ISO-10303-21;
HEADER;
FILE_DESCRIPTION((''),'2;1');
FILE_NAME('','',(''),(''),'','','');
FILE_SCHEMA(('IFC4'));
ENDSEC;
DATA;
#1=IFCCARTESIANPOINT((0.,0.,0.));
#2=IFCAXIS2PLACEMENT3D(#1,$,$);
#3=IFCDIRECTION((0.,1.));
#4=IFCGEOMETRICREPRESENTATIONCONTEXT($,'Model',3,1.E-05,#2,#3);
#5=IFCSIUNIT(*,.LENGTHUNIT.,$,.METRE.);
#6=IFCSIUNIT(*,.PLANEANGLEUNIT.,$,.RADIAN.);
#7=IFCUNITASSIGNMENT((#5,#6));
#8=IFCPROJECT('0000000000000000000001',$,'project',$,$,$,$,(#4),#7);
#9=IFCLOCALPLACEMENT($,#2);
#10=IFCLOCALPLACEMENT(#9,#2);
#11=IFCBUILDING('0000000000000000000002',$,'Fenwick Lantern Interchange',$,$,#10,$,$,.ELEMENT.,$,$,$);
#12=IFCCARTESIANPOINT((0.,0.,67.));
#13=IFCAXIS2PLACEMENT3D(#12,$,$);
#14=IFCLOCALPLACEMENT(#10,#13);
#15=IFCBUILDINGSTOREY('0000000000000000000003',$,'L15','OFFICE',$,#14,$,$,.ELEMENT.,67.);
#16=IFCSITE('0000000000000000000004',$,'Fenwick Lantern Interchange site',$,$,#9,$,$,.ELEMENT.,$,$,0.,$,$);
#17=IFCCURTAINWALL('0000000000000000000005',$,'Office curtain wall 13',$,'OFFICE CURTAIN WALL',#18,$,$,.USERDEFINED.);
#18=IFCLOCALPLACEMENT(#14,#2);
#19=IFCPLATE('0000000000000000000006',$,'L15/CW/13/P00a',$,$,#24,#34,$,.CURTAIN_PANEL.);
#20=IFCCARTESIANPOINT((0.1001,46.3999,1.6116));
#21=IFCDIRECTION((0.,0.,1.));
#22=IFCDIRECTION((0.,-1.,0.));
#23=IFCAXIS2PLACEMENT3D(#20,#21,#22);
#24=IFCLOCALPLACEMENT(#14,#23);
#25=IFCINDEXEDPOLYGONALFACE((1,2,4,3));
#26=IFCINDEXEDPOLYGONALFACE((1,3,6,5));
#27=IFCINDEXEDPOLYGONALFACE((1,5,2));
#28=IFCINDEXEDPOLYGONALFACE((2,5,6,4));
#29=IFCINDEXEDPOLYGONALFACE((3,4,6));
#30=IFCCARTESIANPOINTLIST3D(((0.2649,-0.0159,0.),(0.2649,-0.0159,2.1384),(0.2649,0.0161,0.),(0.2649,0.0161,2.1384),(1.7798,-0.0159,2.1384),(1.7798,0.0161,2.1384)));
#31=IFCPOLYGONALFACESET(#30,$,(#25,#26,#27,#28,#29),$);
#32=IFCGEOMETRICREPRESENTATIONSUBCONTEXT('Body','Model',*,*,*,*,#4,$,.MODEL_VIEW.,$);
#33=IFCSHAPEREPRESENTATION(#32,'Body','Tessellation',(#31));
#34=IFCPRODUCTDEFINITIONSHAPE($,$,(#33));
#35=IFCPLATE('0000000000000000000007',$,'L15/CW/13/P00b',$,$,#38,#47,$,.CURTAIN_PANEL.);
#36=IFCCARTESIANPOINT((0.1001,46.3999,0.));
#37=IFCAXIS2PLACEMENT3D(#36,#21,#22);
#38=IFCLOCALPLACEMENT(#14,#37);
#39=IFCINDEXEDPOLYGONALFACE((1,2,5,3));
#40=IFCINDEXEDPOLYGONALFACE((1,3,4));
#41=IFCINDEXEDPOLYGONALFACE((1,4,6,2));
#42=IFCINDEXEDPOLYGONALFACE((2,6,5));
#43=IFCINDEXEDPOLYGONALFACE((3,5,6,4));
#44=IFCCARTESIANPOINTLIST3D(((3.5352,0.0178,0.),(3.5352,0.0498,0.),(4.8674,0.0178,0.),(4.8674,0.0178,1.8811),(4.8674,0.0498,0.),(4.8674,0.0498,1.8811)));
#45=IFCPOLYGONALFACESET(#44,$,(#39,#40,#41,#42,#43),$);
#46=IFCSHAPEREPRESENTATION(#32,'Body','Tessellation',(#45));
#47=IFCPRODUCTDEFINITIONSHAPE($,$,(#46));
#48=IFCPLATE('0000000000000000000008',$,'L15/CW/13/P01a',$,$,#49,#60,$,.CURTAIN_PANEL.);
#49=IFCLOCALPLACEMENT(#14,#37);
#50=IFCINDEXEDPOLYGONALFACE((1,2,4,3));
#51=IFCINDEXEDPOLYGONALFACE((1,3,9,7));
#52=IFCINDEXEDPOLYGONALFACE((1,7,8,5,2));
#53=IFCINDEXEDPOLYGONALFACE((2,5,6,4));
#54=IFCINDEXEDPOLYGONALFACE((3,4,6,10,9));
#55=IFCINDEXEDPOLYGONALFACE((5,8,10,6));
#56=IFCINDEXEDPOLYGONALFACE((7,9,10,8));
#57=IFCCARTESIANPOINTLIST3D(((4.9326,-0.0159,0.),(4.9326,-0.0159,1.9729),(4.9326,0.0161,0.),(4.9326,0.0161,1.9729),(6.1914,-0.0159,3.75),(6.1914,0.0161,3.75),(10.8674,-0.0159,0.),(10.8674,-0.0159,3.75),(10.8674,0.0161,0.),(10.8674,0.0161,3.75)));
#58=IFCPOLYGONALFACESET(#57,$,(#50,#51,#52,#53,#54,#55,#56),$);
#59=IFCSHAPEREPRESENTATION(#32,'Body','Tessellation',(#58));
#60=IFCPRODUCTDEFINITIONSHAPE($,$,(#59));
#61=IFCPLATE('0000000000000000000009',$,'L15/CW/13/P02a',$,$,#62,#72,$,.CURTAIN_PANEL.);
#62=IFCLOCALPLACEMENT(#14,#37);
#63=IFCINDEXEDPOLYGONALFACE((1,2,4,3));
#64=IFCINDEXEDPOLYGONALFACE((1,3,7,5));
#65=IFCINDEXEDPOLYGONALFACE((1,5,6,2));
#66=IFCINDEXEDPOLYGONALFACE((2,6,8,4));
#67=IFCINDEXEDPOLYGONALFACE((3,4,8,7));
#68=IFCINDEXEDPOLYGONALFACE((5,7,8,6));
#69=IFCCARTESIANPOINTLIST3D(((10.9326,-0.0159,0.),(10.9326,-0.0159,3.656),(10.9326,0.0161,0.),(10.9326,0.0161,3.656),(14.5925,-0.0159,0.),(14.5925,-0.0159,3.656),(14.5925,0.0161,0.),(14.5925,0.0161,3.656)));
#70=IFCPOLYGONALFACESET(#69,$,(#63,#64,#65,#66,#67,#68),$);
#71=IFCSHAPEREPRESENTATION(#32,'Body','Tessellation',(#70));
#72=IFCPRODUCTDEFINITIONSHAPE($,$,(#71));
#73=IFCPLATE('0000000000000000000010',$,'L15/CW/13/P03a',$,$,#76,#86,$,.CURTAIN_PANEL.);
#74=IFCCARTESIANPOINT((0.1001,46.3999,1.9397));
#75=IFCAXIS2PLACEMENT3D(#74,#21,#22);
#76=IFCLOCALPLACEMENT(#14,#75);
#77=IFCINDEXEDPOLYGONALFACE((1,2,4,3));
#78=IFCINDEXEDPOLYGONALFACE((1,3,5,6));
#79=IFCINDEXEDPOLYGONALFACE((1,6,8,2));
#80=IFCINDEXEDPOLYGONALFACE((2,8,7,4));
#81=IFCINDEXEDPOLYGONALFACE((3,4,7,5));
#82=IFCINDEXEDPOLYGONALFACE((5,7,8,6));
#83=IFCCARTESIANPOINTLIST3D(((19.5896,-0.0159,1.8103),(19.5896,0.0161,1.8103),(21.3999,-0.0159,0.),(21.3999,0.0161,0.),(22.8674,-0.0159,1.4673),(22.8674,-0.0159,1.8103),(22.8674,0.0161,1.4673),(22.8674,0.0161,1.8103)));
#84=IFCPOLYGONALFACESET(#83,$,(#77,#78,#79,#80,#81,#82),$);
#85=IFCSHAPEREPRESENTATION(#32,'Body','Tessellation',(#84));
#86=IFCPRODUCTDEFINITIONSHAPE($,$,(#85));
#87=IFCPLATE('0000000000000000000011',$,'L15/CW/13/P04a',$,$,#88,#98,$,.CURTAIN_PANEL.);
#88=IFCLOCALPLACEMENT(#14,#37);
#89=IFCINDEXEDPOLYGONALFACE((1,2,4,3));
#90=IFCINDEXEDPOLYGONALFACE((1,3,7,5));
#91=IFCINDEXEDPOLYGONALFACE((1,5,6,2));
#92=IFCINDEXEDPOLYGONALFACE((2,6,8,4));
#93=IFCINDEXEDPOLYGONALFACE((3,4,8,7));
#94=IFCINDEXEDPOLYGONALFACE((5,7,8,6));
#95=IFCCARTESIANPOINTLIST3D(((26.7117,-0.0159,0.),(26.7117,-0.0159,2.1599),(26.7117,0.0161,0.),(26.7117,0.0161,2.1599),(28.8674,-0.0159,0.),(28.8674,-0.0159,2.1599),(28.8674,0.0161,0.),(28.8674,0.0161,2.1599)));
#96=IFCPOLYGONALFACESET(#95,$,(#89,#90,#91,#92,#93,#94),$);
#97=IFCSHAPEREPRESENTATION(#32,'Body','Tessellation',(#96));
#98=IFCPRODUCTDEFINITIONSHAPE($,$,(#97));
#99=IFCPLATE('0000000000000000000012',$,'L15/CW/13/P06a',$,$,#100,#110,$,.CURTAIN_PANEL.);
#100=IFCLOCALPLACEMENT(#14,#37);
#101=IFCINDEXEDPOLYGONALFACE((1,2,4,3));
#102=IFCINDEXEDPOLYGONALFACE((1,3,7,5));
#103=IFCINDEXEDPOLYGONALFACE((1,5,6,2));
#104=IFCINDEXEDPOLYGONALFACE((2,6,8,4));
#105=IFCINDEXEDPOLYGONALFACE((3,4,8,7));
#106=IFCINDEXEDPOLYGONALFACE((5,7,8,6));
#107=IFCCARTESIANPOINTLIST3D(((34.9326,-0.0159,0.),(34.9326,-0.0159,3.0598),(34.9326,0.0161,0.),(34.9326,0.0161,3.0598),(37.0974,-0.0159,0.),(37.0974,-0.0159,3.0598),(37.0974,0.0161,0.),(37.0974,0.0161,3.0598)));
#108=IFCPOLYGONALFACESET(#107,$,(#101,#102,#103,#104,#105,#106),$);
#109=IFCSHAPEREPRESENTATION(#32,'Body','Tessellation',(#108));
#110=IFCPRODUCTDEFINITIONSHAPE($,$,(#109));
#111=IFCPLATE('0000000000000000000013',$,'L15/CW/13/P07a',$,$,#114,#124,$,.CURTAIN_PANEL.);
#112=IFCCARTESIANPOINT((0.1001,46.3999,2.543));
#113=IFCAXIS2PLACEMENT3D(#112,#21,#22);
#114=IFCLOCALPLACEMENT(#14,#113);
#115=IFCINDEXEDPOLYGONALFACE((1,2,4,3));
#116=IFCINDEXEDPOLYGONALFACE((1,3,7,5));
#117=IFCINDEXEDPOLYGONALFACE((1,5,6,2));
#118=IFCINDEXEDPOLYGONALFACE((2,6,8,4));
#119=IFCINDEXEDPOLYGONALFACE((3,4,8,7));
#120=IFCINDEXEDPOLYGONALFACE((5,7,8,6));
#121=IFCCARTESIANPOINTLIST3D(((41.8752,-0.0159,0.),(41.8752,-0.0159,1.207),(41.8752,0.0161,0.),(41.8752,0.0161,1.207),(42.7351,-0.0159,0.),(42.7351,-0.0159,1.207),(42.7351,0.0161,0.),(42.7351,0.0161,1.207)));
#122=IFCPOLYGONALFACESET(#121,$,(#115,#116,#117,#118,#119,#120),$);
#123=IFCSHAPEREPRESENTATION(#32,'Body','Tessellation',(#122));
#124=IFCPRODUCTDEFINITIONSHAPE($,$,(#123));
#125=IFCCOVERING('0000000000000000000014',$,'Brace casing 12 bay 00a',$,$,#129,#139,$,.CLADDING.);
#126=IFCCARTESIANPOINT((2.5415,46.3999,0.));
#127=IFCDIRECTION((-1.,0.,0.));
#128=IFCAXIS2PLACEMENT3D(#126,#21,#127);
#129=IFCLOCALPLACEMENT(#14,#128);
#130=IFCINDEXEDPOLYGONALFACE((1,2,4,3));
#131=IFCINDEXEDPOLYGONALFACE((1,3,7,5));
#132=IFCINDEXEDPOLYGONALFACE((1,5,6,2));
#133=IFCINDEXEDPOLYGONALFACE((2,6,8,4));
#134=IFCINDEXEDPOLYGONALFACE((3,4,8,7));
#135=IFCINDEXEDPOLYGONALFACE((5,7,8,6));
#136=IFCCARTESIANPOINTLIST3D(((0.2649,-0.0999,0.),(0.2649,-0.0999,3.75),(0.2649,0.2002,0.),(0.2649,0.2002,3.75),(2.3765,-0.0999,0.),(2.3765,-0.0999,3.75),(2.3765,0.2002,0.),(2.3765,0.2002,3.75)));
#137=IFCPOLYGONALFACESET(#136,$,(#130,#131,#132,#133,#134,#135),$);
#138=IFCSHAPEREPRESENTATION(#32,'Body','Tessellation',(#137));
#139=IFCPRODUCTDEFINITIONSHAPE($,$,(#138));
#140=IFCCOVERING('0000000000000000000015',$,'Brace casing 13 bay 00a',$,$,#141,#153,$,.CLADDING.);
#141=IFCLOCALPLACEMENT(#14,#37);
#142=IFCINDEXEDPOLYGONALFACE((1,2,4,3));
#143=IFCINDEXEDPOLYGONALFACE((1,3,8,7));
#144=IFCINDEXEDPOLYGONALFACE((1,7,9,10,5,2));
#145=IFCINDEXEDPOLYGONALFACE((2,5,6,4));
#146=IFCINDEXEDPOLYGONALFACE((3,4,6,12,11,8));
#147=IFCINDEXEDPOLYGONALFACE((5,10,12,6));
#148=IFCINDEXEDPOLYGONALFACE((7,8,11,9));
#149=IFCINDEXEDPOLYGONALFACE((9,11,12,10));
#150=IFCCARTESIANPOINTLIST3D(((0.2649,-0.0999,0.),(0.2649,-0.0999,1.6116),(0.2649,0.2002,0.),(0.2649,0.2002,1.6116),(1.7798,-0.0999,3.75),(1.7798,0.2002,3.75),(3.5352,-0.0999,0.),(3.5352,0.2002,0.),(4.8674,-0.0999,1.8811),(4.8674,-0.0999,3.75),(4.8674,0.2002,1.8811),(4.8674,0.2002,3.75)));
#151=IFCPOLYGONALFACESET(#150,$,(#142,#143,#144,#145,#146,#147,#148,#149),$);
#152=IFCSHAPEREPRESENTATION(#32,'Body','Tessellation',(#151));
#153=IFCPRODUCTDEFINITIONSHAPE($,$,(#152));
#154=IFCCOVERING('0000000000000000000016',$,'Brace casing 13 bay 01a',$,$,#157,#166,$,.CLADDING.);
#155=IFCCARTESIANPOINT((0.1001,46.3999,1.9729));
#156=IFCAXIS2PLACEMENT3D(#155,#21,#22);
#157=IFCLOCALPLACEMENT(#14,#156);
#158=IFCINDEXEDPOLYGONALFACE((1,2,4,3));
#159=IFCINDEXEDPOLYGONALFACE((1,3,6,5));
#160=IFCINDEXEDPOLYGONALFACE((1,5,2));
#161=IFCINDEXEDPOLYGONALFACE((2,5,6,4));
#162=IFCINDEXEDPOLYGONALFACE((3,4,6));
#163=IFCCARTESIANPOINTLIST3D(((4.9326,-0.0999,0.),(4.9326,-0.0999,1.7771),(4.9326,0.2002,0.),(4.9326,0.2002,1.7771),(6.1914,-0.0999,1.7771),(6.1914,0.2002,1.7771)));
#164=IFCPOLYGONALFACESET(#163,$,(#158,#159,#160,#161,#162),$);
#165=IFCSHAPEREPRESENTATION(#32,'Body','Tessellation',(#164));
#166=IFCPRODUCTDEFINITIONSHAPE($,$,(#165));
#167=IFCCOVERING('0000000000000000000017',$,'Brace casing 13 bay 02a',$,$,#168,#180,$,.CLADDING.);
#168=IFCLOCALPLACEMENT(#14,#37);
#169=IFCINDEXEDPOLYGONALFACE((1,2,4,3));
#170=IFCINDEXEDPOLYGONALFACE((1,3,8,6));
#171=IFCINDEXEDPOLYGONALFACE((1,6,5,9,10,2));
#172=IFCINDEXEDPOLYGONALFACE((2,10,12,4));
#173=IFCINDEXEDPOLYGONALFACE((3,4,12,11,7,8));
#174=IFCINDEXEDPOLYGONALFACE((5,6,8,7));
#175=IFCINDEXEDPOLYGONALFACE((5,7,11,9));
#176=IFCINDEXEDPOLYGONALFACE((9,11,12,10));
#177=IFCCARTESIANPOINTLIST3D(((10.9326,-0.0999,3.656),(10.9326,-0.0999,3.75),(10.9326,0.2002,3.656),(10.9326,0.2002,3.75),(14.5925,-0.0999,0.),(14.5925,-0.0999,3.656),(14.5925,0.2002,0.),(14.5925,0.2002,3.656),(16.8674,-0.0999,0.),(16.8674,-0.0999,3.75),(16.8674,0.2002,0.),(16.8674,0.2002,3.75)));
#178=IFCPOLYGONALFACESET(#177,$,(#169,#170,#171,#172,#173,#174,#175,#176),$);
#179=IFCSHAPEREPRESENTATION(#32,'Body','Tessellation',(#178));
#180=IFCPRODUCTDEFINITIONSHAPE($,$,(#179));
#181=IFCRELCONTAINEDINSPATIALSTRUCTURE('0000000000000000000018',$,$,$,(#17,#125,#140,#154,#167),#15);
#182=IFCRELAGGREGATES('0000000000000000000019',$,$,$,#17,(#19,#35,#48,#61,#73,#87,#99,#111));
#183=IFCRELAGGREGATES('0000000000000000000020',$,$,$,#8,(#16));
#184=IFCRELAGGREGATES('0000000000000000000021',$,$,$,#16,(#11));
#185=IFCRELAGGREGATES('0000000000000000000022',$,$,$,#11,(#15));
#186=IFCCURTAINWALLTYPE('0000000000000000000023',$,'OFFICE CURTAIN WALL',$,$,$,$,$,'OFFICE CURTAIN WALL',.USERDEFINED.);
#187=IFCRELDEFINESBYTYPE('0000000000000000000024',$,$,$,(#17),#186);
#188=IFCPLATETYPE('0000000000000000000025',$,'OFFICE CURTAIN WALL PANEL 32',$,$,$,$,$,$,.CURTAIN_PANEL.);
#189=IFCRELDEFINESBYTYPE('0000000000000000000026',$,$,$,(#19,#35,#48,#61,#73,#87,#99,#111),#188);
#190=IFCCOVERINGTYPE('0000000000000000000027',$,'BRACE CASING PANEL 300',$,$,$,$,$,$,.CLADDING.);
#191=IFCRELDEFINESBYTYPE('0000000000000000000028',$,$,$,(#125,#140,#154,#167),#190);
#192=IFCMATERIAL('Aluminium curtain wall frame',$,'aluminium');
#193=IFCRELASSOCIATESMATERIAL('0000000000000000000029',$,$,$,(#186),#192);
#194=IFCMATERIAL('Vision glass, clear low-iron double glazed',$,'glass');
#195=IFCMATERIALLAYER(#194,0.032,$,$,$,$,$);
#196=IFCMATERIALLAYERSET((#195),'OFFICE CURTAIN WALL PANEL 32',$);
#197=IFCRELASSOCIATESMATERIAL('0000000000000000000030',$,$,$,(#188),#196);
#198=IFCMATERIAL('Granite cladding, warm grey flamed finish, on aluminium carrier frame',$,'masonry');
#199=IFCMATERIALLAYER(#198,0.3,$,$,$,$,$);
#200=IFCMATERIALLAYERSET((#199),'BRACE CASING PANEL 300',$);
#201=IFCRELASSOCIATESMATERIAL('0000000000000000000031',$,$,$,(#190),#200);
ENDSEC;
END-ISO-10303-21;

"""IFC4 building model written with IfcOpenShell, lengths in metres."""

from ifc_helpers import new_model, si_unit, direction, frame, origin, place, context, subcontext, project, spatial, polyline, outline, extrude, material, layer, layer_set, type_object, element, aggregate, save


model = new_model("IFC4")

# Units and contexts
model_context = context("Model", 3, precision=1e-05, world=origin(), true_north=direction((0.0, 1.0)))
body_context = subcontext(model_context, "Body", "Model", "MODEL_VIEW")
ifc_project = project(units=[si_unit("LENGTHUNIT", "METRE"), si_unit("PLANEANGLEUNIT", "RADIAN")], contexts=[model_context])

# Site, building, storey
site_placement = place(None, origin())
site = spatial("IfcSite", under=ifc_project, at=site_placement, Name="Fenwick Lantern Interchange site", CompositionType="ELEMENT", RefElevation=0.0)
building_placement = place(site_placement, origin())
building = spatial("IfcBuilding", under=site, at=building_placement, Name="Fenwick Lantern Interchange", CompositionType="ELEMENT")
storey_placement = place(building_placement, frame((0.0, 0.0, 67.0)))
storey = spatial("IfcBuildingStorey", under=building, at=storey_placement, Name="L15", Description="OFFICE", CompositionType="ELEMENT", Elevation=67.0)

# Curtain wall
ifc_material_1 = material(Name="Aluminium curtain wall frame", Category="aluminium")
curtain_wall_type = type_object("IfcCurtainWallType", Name="OFFICE CURTAIN WALL", ElementType="OFFICE CURTAIN WALL", PredefinedType="USERDEFINED", material=ifc_material_1)
curtain_wall_1_placement = place(storey_placement, origin())
curtain_wall_1 = element("IfcCurtainWall", 1, at=curtain_wall_1_placement, inside=storey, type_object=curtain_wall_type, Name="Office curtain wall 13", ObjectType="OFFICE CURTAIN WALL", PredefinedType="USERDEFINED")

# Plates
ifc_material_2 = material(Name="Vision glass, clear low-iron double glazed", Category="glass")
ifc_layer_1 = layer(ifc_material_2, 0.032)
ifc_layer_set_1 = layer_set([ifc_layer_1], Name="OFFICE CURTAIN WALL PANEL 32")
plate_type = type_object("IfcPlateType", Name="OFFICE CURTAIN WALL PANEL 32", PredefinedType="CURTAIN_PANEL", material=ifc_layer_set_1)
plate_1_placement = place(storey_placement, frame((0.1001, 46.3999, 1.6116), z_axis=(0.0, 0.0, 1.0), x_axis=(0.0, -1.0, 0.0)))
plate_1 = element("IfcPlate", 2, at=plate_1_placement, type_object=plate_type, Name="L15/CW/13/P00a", PredefinedType="CURTAIN_PANEL", context=body_context, shape_type="SweptSolid", body=[
    extrude(outline(polyline([(0.2649, 0.0), (1.7798, 2.1384), (0.2649, 2.1384), (0.2649, 0.0)])), frame((0.0, 0.0161, 0.0), z_axis=(0.0, -1.0, 0.0), x_axis=(1.0, 0.0, 0.0)), (0.0, 0.0, 1.0), 0.032),
])
plate_2_placement = place(storey_placement, frame((0.1001, 46.3999, 0.0), z_axis=(0.0, 0.0, 1.0), x_axis=(0.0, -1.0, 0.0)))
plate_2 = element("IfcPlate", 3, at=plate_2_placement, type_object=plate_type, Name="L15/CW/13/P00b", PredefinedType="CURTAIN_PANEL", context=body_context, shape_type="SweptSolid", body=[
    extrude(outline(polyline([(3.5352, 0.0), (4.8674, 0.0), (4.8674, 1.8811), (3.5352, 0.0)])), frame((0.0, 0.0498, 0.0), z_axis=(0.0, -1.0, 0.0), x_axis=(1.0, 0.0, 0.0)), (0.0, 0.0, 1.0), 0.032),
])
plate_3_placement = place(storey_placement, frame((0.1001, 46.3999, 0.0), z_axis=(0.0, 0.0, 1.0), x_axis=(0.0, -1.0, 0.0)))
plate_3 = element("IfcPlate", 4, at=plate_3_placement, type_object=plate_type, Name="L15/CW/13/P01a", PredefinedType="CURTAIN_PANEL", context=body_context, shape_type="SweptSolid", body=[
    extrude(outline(polyline([(4.9326, 0.0), (10.8674, 0.0), (10.8674, 3.75), (6.1914, 3.75), (4.9326, 1.9729), (4.9326, 0.0)])), frame((0.0, 0.0161, 0.0), z_axis=(0.0, -1.0, 0.0), x_axis=(1.0, 0.0, 0.0)), (0.0, 0.0, 1.0), 0.032),
])
plate_4_placement = place(storey_placement, frame((0.1001, 46.3999, 0.0), z_axis=(0.0, 0.0, 1.0), x_axis=(0.0, -1.0, 0.0)))
plate_4 = element("IfcPlate", 5, at=plate_4_placement, type_object=plate_type, Name="L15/CW/13/P02a", PredefinedType="CURTAIN_PANEL", context=body_context, shape_type="SweptSolid", body=[
    extrude(outline(polyline([(10.9326, 0.0), (14.5925, 0.0), (14.5925, 3.656), (10.9326, 3.656), (10.9326, 0.0)])), frame((0.0, 0.0161, 0.0), z_axis=(0.0, -1.0, 0.0), x_axis=(1.0, 0.0, 0.0)), (0.0, 0.0, 1.0), 0.032),
])
plate_5_placement = place(storey_placement, frame((0.1001, 46.3999, 1.9397), z_axis=(0.0, 0.0, 1.0), x_axis=(0.0, -1.0, 0.0)))
plate_5 = element("IfcPlate", 6, at=plate_5_placement, type_object=plate_type, Name="L15/CW/13/P03a", PredefinedType="CURTAIN_PANEL", context=body_context, shape_type="SweptSolid", body=[
    extrude(outline(polyline([(21.3999, 0.0), (22.8674, 1.4673), (22.8674, 1.8103), (19.5896, 1.8103), (21.3999, 0.0)])), frame((0.0, 0.0161, 0.0), z_axis=(0.0, -1.0, 0.0), x_axis=(1.0, 0.0, 0.0)), (0.0, 0.0, 1.0), 0.032),
])
plate_6_placement = place(storey_placement, frame((0.1001, 46.3999, 0.0), z_axis=(0.0, 0.0, 1.0), x_axis=(0.0, -1.0, 0.0)))
plate_6 = element("IfcPlate", 7, at=plate_6_placement, type_object=plate_type, Name="L15/CW/13/P04a", PredefinedType="CURTAIN_PANEL", context=body_context, shape_type="SweptSolid", body=[
    extrude(outline(polyline([(26.7117, 0.0), (28.8674, 0.0), (28.8674, 2.1599), (26.7117, 2.1599), (26.7117, 0.0)])), frame((0.0, 0.0161, 0.0), z_axis=(0.0, -1.0, 0.0), x_axis=(1.0, 0.0, 0.0)), (0.0, 0.0, 1.0), 0.032),
])
plate_7_placement = place(storey_placement, frame((0.1001, 46.3999, 0.0), z_axis=(0.0, 0.0, 1.0), x_axis=(0.0, -1.0, 0.0)))
plate_7 = element("IfcPlate", 8, at=plate_7_placement, type_object=plate_type, Name="L15/CW/13/P06a", PredefinedType="CURTAIN_PANEL", context=body_context, shape_type="SweptSolid", body=[
    extrude(outline(polyline([(34.9326, 0.0), (37.0974, 0.0), (37.0974, 3.0598), (34.9326, 3.0598), (34.9326, 0.0)])), frame((0.0, 0.0161, 0.0), z_axis=(0.0, -1.0, 0.0), x_axis=(1.0, 0.0, 0.0)), (0.0, 0.0, 1.0), 0.032),
])
plate_8_placement = place(storey_placement, frame((0.1001, 46.3999, 2.543), z_axis=(0.0, 0.0, 1.0), x_axis=(0.0, -1.0, 0.0)))
plate_8 = element("IfcPlate", 9, at=plate_8_placement, type_object=plate_type, Name="L15/CW/13/P07a", PredefinedType="CURTAIN_PANEL", context=body_context, shape_type="SweptSolid", body=[
    extrude(outline(polyline([(41.8752, 0.0), (42.7351, 0.0), (42.7351, 1.207), (41.8752, 1.207), (41.8752, 0.0)])), frame((0.0, 0.0161, 0.0), z_axis=(0.0, -1.0, 0.0), x_axis=(1.0, 0.0, 0.0)), (0.0, 0.0, 1.0), 0.032),
])
aggregate(curtain_wall_1, [plate_1, plate_2, plate_3, plate_4, plate_5, plate_6, plate_7, plate_8])

# Coverings
ifc_material_3 = material(Name="Granite cladding, warm grey flamed finish, on aluminium carrier frame", Category="masonry")
ifc_layer_2 = layer(ifc_material_3, 0.3)
ifc_layer_set_2 = layer_set([ifc_layer_2], Name="BRACE CASING PANEL 300")
covering_type = type_object("IfcCoveringType", Name="BRACE CASING PANEL 300", PredefinedType="CLADDING", material=ifc_layer_set_2)
covering_1_placement = place(storey_placement, frame((2.5415, 46.3999, 0.0), z_axis=(0.0, 0.0, 1.0), x_axis=(-1.0, 0.0, 0.0)))
element("IfcCovering", 10, at=covering_1_placement, inside=storey, type_object=covering_type, Name="Brace casing 12 bay 00a", PredefinedType="CLADDING", context=body_context, shape_type="SweptSolid", body=[
    extrude(outline(polyline([(0.2649, 0.0), (2.3765, 0.0), (2.3765, 3.75), (0.2649, 3.75), (0.2649, 0.0)])), frame((0.0, 0.2002, 0.0), z_axis=(0.0, -1.0, 0.0), x_axis=(1.0, 0.0, 0.0)), (0.0, 0.0, 1.0), 0.3),
])
covering_2_placement = place(storey_placement, frame((0.1001, 46.3999, 0.0), z_axis=(0.0, 0.0, 1.0), x_axis=(0.0, -1.0, 0.0)))
element("IfcCovering", 11, at=covering_2_placement, inside=storey, type_object=covering_type, Name="Brace casing 13 bay 00a", PredefinedType="CLADDING", context=body_context, shape_type="SweptSolid", body=[
    extrude(outline(polyline([(0.2649, 0.0), (3.5352, 0.0), (4.8674, 1.8811), (4.8674, 3.75), (1.7798, 3.75), (0.2649, 1.6116), (0.2649, 0.0)])), frame((0.0, 0.2002, 0.0), z_axis=(0.0, -1.0, 0.0), x_axis=(1.0, 0.0, 0.0)), (0.0, 0.0, 1.0), 0.3),
])
covering_3_placement = place(storey_placement, frame((0.1001, 46.3999, 1.9729), z_axis=(0.0, 0.0, 1.0), x_axis=(0.0, -1.0, 0.0)))
element("IfcCovering", 12, at=covering_3_placement, inside=storey, type_object=covering_type, Name="Brace casing 13 bay 01a", PredefinedType="CLADDING", context=body_context, shape_type="SweptSolid", body=[
    extrude(outline(polyline([(4.9326, 0.0), (6.1914, 1.7771), (4.9326, 1.7771), (4.9326, 0.0)])), frame((0.0, 0.2002, 0.0), z_axis=(0.0, -1.0, 0.0), x_axis=(1.0, 0.0, 0.0)), (0.0, 0.0, 1.0), 0.3),
])
covering_4_placement = place(storey_placement, frame((0.1001, 46.3999, 0.0), z_axis=(0.0, 0.0, 1.0), x_axis=(0.0, -1.0, 0.0)))
element("IfcCovering", 13, at=covering_4_placement, inside=storey, type_object=covering_type, Name="Brace casing 13 bay 02a", PredefinedType="CLADDING", context=body_context, shape_type="SweptSolid", body=[
    extrude(outline(polyline([(14.5925, 0.0), (16.8674, 0.0), (16.8674, 3.75), (10.9326, 3.75), (10.9326, 3.656), (14.5925, 3.656), (14.5925, 0.0)])), frame((0.0, 0.2002, 0.0), z_axis=(0.0, -1.0, 0.0), x_axis=(1.0, 0.0, 0.0)), (0.0, 0.0, 1.0), 0.3),
])

save(model, "model.ifc")
